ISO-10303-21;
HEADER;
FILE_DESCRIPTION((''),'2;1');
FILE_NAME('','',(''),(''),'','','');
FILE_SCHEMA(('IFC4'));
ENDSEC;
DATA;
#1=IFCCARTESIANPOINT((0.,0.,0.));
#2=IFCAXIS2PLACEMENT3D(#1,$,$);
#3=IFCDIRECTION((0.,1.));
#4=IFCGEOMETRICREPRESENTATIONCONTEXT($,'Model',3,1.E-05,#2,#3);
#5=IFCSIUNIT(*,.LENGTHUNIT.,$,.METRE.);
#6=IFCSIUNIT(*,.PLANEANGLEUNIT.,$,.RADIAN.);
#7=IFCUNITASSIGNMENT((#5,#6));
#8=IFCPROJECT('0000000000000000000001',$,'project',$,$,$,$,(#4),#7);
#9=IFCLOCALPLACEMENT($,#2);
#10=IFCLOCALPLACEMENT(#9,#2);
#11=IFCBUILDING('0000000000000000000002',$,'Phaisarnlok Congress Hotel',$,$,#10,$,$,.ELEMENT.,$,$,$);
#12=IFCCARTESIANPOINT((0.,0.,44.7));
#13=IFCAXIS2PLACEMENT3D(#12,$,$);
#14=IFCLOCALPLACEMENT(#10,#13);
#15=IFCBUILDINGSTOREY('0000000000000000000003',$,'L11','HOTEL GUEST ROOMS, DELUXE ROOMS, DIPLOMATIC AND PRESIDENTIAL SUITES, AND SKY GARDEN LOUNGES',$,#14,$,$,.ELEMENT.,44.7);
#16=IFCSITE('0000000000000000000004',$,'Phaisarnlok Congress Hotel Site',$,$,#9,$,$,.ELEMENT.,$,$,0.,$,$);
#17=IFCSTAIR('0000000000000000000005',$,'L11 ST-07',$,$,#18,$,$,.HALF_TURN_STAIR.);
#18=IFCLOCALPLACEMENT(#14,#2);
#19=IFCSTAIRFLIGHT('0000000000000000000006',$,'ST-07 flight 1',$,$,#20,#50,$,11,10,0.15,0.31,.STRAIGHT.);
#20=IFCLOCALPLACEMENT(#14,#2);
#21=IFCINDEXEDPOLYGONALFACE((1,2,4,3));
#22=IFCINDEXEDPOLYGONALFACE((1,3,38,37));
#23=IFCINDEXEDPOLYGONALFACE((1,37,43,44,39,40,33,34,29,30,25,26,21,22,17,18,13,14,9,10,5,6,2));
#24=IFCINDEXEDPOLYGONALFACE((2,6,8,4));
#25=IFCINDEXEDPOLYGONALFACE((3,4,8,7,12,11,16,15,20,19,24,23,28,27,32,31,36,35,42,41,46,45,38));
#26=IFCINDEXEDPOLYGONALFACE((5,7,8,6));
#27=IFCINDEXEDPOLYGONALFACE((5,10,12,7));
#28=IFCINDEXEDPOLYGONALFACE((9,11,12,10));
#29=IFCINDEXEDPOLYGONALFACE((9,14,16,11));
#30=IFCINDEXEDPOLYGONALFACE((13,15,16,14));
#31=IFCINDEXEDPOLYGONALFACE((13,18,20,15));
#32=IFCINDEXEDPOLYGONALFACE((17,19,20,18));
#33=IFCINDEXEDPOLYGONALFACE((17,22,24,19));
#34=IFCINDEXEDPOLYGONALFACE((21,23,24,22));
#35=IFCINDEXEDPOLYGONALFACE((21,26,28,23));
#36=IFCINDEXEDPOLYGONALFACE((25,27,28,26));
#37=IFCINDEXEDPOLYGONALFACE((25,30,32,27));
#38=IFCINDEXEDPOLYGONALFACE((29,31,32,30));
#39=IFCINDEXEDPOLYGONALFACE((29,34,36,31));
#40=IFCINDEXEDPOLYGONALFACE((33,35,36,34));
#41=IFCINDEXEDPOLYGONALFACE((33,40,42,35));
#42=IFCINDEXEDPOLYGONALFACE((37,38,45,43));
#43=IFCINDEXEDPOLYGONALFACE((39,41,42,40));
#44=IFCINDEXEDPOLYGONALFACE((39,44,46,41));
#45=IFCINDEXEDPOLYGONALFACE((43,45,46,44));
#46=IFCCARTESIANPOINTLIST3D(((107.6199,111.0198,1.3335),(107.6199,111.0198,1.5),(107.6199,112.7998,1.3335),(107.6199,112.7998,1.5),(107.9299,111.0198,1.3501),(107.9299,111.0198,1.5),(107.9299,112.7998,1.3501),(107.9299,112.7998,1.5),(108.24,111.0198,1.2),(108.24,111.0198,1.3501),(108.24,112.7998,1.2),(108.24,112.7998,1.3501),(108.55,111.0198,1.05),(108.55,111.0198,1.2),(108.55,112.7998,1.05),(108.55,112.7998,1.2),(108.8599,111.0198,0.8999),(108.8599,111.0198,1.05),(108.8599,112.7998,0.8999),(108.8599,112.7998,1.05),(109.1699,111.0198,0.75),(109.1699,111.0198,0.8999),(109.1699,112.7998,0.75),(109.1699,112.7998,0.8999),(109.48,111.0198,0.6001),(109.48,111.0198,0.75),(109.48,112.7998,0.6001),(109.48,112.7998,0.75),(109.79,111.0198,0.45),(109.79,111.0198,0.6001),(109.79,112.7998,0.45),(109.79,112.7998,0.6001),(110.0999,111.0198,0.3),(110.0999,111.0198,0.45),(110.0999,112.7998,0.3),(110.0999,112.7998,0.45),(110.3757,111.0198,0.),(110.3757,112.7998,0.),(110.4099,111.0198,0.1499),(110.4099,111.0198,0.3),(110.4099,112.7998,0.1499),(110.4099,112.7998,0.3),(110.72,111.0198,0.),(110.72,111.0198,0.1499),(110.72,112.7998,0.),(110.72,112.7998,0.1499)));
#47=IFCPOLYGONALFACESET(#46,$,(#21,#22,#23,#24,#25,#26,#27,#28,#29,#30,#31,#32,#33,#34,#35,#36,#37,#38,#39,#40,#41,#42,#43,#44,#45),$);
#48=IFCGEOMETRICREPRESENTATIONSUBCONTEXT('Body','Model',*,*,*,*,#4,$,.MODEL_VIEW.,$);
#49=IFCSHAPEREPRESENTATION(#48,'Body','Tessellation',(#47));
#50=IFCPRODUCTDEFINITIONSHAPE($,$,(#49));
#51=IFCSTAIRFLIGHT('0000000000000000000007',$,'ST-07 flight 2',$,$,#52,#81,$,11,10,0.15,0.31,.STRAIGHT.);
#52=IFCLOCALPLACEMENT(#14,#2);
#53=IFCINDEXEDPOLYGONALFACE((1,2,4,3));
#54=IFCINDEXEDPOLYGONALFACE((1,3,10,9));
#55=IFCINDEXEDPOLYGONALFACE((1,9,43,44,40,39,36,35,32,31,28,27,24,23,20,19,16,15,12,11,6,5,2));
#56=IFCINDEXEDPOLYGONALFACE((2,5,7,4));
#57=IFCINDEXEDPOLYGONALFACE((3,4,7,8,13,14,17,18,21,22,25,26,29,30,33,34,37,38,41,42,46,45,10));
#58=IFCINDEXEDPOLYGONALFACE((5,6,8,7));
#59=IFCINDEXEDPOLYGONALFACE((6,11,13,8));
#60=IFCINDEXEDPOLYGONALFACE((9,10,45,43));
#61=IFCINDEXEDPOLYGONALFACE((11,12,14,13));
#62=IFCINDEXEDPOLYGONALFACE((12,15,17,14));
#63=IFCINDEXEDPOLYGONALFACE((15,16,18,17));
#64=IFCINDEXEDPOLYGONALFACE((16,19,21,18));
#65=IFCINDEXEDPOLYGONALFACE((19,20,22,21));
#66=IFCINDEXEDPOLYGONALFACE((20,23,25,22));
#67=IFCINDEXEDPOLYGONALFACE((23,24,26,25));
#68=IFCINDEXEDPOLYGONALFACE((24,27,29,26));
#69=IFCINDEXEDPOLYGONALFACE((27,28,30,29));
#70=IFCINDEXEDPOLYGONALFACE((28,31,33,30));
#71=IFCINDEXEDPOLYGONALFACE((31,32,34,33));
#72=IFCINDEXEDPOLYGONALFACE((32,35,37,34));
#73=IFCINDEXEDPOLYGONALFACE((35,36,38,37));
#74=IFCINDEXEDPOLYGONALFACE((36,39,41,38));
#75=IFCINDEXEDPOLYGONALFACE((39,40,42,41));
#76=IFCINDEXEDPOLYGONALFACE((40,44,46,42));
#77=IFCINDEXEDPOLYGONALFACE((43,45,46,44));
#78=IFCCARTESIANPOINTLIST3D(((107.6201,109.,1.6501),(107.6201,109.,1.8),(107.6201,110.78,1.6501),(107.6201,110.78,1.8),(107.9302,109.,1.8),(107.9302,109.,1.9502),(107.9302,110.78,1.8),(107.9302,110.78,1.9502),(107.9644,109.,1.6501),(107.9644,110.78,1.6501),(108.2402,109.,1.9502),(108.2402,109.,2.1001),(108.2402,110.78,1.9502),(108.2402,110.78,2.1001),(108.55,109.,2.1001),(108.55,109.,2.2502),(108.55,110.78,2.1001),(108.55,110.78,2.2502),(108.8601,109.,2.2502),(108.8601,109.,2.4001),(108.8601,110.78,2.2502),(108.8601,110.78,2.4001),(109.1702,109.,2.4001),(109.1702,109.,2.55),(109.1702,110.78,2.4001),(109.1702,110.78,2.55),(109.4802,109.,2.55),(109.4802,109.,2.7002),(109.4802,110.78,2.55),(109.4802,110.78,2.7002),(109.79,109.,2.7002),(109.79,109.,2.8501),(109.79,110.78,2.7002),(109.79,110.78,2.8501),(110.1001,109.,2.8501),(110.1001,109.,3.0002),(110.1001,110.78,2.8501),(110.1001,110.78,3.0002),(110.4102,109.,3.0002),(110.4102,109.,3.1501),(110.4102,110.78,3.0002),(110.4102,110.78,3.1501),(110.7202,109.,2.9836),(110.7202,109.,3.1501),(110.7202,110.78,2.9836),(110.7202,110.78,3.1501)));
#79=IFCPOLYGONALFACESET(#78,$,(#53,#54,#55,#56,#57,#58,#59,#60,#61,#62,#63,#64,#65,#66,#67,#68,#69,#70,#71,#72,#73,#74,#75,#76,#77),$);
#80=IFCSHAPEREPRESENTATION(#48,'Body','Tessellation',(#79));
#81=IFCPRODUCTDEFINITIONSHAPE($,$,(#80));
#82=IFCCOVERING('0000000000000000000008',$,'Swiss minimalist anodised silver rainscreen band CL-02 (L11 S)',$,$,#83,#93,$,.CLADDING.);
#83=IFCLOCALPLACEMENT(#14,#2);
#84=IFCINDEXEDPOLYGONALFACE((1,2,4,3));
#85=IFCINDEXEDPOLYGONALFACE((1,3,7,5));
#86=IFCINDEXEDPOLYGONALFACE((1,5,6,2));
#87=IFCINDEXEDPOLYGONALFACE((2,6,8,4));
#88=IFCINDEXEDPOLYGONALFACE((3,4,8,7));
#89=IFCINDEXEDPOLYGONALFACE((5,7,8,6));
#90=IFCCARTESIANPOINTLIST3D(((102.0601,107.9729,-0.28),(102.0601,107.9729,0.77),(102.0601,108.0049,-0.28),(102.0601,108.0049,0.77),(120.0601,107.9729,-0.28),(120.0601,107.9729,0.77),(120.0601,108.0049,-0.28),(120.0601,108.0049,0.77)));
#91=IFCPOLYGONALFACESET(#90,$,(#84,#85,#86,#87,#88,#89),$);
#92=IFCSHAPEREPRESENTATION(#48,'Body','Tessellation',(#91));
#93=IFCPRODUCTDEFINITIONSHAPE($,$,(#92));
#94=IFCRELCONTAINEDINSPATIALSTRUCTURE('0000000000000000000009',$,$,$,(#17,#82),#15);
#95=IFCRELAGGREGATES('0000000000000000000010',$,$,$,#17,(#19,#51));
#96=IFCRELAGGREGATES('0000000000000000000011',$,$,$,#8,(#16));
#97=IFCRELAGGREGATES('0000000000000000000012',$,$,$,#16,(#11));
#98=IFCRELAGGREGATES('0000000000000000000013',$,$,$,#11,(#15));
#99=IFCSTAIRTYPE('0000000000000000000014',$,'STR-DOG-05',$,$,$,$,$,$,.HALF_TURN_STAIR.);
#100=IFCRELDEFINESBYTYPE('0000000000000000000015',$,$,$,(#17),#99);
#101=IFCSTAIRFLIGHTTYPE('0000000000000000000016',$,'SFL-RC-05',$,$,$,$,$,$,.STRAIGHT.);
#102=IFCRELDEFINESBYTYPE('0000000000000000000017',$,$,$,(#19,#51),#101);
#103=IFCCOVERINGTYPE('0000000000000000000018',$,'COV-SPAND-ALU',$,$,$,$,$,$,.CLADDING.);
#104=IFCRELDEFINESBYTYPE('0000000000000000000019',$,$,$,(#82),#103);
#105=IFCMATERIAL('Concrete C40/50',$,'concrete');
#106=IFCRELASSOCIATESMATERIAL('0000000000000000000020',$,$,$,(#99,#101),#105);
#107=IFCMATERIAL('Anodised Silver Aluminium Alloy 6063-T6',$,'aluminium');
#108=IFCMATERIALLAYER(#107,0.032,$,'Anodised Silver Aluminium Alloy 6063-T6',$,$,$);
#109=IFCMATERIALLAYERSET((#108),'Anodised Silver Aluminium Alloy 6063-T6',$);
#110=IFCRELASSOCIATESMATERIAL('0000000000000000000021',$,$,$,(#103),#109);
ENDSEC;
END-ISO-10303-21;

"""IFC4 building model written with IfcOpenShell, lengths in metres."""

from ifc_helpers import new_model, si_unit, direction, frame, origin, place, context, subcontext, project, spatial, polyline, outline, extrude, material, layer, layer_set, type_object, element, aggregate, save


model = new_model("IFC4")

# Units and contexts
model_context = context("Model", 3, precision=1e-05, world=origin(), true_north=direction((0.0, 1.0)))
body_context = subcontext(model_context, "Body", "Model", "MODEL_VIEW")
ifc_project = project(units=[si_unit("LENGTHUNIT", "METRE"), si_unit("PLANEANGLEUNIT", "RADIAN")], contexts=[model_context])

# Site, building, storey
site_placement = place(None, origin())
site = spatial("IfcSite", under=ifc_project, at=site_placement, Name="Phaisarnlok Congress Hotel Site", CompositionType="ELEMENT", RefElevation=0.0)
building_placement = place(site_placement, origin())
building = spatial("IfcBuilding", under=site, at=building_placement, Name="Phaisarnlok Congress Hotel", CompositionType="ELEMENT")
storey_placement = place(building_placement, frame((0.0, 0.0, 44.7)))
storey = spatial("IfcBuildingStorey", under=building, at=storey_placement, Name="L11", Description="HOTEL GUEST ROOMS, DELUXE ROOMS, DIPLOMATIC AND PRESIDENTIAL SUITES, AND SKY GARDEN LOUNGES", CompositionType="ELEMENT", Elevation=44.7)

# Shared definitions
ifc_material_1 = material(Name="Concrete C40/50", Category="concrete")

# Stair
stair_type = type_object("IfcStairType", Name="STR-DOG-05", PredefinedType="HALF_TURN_STAIR", material=ifc_material_1)
stair_1_placement = place(storey_placement, origin())
stair_1 = element("IfcStair", 1, at=stair_1_placement, inside=storey, type_object=stair_type, Name="L11 ST-07", PredefinedType="HALF_TURN_STAIR")

# Stair flights
stair_flight_type = type_object("IfcStairFlightType", Name="SFL-RC-05", PredefinedType="STRAIGHT", material=ifc_material_1)
stair_flight_1_placement = place(storey_placement, frame((110.72, 111.9099, 0.0), z_axis=(0.0, 0.0, 1.0), x_axis=(-1.0, 0.0, 0.0)))
stair_flight_1 = element("IfcStairFlight", 2, at=stair_flight_1_placement, type_object=stair_flight_type, Name="ST-07 flight 1", NumberOfRisers=11, NumberOfTreads=10, PredefinedType="STRAIGHT", RiserHeight=0.15, TreadLength=0.31, context=body_context, shape_type="SweptSolid", body=[
    extrude(outline(polyline([(0.0, 0.0), (0.0, 0.1499), (0.3101, 0.1499), (0.3101, 0.3), (0.6201, 0.3), (0.6201, 0.45), (0.9299, 0.45), (0.9299, 0.6001), (1.24, 0.6001), (1.24, 0.75), (1.55, 0.75), (1.55, 0.8999), (1.8601, 0.8999), (1.8601, 1.05), (2.1699, 1.05), (2.1699, 1.2), (2.48, 1.2), (2.48, 1.3501), (2.79, 1.3501), (2.79, 1.5), (3.1001, 1.5), (3.1001, 1.6499), (3.1001, 1.3335), (0.3442, 0.0), (0.0, 0.0)])), frame((0.0, 0.8901, 0.0), z_axis=(0.0, -1.0, 0.0), x_axis=(1.0, 0.0, 0.0)), (0.0, 0.0, 1.0), 1.78),
])
stair_flight_2_placement = place(storey_placement, frame((107.6201, 109.8899, 1.6501), z_axis=(0.0, 0.0, 1.0), x_axis=(1.0, 0.0, 0.0)))
stair_flight_2 = element("IfcStairFlight", 3, at=stair_flight_2_placement, type_object=stair_flight_type, Name="ST-07 flight 2", NumberOfRisers=11, NumberOfTreads=10, PredefinedType="STRAIGHT", RiserHeight=0.15, TreadLength=0.31, context=body_context, shape_type="SweptSolid", body=[
    extrude(outline(polyline([(0.0, 0.0), (0.0, 0.1499), (0.3101, 0.1499), (0.3101, 0.3), (0.6201, 0.3), (0.6201, 0.45), (0.9299, 0.45), (0.9299, 0.6001), (1.24, 0.6001), (1.24, 0.75), (1.55, 0.75), (1.55, 0.8999), (1.8601, 0.8999), (1.8601, 1.05), (2.1699, 1.05), (2.1699, 1.2), (2.48, 1.2), (2.48, 1.3501), (2.79, 1.3501), (2.79, 1.5), (3.1001, 1.5), (3.1001, 1.6499), (3.1001, 1.3335), (0.3442, 0.0), (0.0, 0.0)])), frame((0.0, 0.8901, 0.0), z_axis=(0.0, -1.0, 0.0), x_axis=(1.0, 0.0, 0.0)), (0.0, 0.0, 1.0), 1.78),
])
aggregate(stair_1, [stair_flight_1, stair_flight_2])

# Covering
ifc_material_2 = material(Name="Anodised Silver Aluminium Alloy 6063-T6", Category="aluminium")
ifc_layer_1 = layer(ifc_material_2, 0.032, Name="Anodised Silver Aluminium Alloy 6063-T6")
ifc_layer_set_1 = layer_set([ifc_layer_1], Name="Anodised Silver Aluminium Alloy 6063-T6")
covering_type = type_object("IfcCoveringType", Name="COV-SPAND-ALU", PredefinedType="CLADDING", material=ifc_layer_set_1)
covering_placement = place(storey_placement, frame((102.0601, 108.0049, -0.28), z_axis=(0.0, -1.0, 0.0), x_axis=(1.0, 0.0, 0.0)))
element("IfcCovering", 4, at=covering_placement, inside=storey, type_object=covering_type, Name="Swiss minimalist anodised silver rainscreen band CL-02 (L11 S)", PredefinedType="CLADDING", context=body_context, shape_type="SweptSolid", body=[
    extrude(outline(polyline([(0.0, 0.0), (18.0, 0.0), (18.0, 1.05), (0.0, 1.05), (0.0, 0.0)])), origin(), (0.0, 0.0, 1.0), 0.032),
])

save(model, "model.ifc")
